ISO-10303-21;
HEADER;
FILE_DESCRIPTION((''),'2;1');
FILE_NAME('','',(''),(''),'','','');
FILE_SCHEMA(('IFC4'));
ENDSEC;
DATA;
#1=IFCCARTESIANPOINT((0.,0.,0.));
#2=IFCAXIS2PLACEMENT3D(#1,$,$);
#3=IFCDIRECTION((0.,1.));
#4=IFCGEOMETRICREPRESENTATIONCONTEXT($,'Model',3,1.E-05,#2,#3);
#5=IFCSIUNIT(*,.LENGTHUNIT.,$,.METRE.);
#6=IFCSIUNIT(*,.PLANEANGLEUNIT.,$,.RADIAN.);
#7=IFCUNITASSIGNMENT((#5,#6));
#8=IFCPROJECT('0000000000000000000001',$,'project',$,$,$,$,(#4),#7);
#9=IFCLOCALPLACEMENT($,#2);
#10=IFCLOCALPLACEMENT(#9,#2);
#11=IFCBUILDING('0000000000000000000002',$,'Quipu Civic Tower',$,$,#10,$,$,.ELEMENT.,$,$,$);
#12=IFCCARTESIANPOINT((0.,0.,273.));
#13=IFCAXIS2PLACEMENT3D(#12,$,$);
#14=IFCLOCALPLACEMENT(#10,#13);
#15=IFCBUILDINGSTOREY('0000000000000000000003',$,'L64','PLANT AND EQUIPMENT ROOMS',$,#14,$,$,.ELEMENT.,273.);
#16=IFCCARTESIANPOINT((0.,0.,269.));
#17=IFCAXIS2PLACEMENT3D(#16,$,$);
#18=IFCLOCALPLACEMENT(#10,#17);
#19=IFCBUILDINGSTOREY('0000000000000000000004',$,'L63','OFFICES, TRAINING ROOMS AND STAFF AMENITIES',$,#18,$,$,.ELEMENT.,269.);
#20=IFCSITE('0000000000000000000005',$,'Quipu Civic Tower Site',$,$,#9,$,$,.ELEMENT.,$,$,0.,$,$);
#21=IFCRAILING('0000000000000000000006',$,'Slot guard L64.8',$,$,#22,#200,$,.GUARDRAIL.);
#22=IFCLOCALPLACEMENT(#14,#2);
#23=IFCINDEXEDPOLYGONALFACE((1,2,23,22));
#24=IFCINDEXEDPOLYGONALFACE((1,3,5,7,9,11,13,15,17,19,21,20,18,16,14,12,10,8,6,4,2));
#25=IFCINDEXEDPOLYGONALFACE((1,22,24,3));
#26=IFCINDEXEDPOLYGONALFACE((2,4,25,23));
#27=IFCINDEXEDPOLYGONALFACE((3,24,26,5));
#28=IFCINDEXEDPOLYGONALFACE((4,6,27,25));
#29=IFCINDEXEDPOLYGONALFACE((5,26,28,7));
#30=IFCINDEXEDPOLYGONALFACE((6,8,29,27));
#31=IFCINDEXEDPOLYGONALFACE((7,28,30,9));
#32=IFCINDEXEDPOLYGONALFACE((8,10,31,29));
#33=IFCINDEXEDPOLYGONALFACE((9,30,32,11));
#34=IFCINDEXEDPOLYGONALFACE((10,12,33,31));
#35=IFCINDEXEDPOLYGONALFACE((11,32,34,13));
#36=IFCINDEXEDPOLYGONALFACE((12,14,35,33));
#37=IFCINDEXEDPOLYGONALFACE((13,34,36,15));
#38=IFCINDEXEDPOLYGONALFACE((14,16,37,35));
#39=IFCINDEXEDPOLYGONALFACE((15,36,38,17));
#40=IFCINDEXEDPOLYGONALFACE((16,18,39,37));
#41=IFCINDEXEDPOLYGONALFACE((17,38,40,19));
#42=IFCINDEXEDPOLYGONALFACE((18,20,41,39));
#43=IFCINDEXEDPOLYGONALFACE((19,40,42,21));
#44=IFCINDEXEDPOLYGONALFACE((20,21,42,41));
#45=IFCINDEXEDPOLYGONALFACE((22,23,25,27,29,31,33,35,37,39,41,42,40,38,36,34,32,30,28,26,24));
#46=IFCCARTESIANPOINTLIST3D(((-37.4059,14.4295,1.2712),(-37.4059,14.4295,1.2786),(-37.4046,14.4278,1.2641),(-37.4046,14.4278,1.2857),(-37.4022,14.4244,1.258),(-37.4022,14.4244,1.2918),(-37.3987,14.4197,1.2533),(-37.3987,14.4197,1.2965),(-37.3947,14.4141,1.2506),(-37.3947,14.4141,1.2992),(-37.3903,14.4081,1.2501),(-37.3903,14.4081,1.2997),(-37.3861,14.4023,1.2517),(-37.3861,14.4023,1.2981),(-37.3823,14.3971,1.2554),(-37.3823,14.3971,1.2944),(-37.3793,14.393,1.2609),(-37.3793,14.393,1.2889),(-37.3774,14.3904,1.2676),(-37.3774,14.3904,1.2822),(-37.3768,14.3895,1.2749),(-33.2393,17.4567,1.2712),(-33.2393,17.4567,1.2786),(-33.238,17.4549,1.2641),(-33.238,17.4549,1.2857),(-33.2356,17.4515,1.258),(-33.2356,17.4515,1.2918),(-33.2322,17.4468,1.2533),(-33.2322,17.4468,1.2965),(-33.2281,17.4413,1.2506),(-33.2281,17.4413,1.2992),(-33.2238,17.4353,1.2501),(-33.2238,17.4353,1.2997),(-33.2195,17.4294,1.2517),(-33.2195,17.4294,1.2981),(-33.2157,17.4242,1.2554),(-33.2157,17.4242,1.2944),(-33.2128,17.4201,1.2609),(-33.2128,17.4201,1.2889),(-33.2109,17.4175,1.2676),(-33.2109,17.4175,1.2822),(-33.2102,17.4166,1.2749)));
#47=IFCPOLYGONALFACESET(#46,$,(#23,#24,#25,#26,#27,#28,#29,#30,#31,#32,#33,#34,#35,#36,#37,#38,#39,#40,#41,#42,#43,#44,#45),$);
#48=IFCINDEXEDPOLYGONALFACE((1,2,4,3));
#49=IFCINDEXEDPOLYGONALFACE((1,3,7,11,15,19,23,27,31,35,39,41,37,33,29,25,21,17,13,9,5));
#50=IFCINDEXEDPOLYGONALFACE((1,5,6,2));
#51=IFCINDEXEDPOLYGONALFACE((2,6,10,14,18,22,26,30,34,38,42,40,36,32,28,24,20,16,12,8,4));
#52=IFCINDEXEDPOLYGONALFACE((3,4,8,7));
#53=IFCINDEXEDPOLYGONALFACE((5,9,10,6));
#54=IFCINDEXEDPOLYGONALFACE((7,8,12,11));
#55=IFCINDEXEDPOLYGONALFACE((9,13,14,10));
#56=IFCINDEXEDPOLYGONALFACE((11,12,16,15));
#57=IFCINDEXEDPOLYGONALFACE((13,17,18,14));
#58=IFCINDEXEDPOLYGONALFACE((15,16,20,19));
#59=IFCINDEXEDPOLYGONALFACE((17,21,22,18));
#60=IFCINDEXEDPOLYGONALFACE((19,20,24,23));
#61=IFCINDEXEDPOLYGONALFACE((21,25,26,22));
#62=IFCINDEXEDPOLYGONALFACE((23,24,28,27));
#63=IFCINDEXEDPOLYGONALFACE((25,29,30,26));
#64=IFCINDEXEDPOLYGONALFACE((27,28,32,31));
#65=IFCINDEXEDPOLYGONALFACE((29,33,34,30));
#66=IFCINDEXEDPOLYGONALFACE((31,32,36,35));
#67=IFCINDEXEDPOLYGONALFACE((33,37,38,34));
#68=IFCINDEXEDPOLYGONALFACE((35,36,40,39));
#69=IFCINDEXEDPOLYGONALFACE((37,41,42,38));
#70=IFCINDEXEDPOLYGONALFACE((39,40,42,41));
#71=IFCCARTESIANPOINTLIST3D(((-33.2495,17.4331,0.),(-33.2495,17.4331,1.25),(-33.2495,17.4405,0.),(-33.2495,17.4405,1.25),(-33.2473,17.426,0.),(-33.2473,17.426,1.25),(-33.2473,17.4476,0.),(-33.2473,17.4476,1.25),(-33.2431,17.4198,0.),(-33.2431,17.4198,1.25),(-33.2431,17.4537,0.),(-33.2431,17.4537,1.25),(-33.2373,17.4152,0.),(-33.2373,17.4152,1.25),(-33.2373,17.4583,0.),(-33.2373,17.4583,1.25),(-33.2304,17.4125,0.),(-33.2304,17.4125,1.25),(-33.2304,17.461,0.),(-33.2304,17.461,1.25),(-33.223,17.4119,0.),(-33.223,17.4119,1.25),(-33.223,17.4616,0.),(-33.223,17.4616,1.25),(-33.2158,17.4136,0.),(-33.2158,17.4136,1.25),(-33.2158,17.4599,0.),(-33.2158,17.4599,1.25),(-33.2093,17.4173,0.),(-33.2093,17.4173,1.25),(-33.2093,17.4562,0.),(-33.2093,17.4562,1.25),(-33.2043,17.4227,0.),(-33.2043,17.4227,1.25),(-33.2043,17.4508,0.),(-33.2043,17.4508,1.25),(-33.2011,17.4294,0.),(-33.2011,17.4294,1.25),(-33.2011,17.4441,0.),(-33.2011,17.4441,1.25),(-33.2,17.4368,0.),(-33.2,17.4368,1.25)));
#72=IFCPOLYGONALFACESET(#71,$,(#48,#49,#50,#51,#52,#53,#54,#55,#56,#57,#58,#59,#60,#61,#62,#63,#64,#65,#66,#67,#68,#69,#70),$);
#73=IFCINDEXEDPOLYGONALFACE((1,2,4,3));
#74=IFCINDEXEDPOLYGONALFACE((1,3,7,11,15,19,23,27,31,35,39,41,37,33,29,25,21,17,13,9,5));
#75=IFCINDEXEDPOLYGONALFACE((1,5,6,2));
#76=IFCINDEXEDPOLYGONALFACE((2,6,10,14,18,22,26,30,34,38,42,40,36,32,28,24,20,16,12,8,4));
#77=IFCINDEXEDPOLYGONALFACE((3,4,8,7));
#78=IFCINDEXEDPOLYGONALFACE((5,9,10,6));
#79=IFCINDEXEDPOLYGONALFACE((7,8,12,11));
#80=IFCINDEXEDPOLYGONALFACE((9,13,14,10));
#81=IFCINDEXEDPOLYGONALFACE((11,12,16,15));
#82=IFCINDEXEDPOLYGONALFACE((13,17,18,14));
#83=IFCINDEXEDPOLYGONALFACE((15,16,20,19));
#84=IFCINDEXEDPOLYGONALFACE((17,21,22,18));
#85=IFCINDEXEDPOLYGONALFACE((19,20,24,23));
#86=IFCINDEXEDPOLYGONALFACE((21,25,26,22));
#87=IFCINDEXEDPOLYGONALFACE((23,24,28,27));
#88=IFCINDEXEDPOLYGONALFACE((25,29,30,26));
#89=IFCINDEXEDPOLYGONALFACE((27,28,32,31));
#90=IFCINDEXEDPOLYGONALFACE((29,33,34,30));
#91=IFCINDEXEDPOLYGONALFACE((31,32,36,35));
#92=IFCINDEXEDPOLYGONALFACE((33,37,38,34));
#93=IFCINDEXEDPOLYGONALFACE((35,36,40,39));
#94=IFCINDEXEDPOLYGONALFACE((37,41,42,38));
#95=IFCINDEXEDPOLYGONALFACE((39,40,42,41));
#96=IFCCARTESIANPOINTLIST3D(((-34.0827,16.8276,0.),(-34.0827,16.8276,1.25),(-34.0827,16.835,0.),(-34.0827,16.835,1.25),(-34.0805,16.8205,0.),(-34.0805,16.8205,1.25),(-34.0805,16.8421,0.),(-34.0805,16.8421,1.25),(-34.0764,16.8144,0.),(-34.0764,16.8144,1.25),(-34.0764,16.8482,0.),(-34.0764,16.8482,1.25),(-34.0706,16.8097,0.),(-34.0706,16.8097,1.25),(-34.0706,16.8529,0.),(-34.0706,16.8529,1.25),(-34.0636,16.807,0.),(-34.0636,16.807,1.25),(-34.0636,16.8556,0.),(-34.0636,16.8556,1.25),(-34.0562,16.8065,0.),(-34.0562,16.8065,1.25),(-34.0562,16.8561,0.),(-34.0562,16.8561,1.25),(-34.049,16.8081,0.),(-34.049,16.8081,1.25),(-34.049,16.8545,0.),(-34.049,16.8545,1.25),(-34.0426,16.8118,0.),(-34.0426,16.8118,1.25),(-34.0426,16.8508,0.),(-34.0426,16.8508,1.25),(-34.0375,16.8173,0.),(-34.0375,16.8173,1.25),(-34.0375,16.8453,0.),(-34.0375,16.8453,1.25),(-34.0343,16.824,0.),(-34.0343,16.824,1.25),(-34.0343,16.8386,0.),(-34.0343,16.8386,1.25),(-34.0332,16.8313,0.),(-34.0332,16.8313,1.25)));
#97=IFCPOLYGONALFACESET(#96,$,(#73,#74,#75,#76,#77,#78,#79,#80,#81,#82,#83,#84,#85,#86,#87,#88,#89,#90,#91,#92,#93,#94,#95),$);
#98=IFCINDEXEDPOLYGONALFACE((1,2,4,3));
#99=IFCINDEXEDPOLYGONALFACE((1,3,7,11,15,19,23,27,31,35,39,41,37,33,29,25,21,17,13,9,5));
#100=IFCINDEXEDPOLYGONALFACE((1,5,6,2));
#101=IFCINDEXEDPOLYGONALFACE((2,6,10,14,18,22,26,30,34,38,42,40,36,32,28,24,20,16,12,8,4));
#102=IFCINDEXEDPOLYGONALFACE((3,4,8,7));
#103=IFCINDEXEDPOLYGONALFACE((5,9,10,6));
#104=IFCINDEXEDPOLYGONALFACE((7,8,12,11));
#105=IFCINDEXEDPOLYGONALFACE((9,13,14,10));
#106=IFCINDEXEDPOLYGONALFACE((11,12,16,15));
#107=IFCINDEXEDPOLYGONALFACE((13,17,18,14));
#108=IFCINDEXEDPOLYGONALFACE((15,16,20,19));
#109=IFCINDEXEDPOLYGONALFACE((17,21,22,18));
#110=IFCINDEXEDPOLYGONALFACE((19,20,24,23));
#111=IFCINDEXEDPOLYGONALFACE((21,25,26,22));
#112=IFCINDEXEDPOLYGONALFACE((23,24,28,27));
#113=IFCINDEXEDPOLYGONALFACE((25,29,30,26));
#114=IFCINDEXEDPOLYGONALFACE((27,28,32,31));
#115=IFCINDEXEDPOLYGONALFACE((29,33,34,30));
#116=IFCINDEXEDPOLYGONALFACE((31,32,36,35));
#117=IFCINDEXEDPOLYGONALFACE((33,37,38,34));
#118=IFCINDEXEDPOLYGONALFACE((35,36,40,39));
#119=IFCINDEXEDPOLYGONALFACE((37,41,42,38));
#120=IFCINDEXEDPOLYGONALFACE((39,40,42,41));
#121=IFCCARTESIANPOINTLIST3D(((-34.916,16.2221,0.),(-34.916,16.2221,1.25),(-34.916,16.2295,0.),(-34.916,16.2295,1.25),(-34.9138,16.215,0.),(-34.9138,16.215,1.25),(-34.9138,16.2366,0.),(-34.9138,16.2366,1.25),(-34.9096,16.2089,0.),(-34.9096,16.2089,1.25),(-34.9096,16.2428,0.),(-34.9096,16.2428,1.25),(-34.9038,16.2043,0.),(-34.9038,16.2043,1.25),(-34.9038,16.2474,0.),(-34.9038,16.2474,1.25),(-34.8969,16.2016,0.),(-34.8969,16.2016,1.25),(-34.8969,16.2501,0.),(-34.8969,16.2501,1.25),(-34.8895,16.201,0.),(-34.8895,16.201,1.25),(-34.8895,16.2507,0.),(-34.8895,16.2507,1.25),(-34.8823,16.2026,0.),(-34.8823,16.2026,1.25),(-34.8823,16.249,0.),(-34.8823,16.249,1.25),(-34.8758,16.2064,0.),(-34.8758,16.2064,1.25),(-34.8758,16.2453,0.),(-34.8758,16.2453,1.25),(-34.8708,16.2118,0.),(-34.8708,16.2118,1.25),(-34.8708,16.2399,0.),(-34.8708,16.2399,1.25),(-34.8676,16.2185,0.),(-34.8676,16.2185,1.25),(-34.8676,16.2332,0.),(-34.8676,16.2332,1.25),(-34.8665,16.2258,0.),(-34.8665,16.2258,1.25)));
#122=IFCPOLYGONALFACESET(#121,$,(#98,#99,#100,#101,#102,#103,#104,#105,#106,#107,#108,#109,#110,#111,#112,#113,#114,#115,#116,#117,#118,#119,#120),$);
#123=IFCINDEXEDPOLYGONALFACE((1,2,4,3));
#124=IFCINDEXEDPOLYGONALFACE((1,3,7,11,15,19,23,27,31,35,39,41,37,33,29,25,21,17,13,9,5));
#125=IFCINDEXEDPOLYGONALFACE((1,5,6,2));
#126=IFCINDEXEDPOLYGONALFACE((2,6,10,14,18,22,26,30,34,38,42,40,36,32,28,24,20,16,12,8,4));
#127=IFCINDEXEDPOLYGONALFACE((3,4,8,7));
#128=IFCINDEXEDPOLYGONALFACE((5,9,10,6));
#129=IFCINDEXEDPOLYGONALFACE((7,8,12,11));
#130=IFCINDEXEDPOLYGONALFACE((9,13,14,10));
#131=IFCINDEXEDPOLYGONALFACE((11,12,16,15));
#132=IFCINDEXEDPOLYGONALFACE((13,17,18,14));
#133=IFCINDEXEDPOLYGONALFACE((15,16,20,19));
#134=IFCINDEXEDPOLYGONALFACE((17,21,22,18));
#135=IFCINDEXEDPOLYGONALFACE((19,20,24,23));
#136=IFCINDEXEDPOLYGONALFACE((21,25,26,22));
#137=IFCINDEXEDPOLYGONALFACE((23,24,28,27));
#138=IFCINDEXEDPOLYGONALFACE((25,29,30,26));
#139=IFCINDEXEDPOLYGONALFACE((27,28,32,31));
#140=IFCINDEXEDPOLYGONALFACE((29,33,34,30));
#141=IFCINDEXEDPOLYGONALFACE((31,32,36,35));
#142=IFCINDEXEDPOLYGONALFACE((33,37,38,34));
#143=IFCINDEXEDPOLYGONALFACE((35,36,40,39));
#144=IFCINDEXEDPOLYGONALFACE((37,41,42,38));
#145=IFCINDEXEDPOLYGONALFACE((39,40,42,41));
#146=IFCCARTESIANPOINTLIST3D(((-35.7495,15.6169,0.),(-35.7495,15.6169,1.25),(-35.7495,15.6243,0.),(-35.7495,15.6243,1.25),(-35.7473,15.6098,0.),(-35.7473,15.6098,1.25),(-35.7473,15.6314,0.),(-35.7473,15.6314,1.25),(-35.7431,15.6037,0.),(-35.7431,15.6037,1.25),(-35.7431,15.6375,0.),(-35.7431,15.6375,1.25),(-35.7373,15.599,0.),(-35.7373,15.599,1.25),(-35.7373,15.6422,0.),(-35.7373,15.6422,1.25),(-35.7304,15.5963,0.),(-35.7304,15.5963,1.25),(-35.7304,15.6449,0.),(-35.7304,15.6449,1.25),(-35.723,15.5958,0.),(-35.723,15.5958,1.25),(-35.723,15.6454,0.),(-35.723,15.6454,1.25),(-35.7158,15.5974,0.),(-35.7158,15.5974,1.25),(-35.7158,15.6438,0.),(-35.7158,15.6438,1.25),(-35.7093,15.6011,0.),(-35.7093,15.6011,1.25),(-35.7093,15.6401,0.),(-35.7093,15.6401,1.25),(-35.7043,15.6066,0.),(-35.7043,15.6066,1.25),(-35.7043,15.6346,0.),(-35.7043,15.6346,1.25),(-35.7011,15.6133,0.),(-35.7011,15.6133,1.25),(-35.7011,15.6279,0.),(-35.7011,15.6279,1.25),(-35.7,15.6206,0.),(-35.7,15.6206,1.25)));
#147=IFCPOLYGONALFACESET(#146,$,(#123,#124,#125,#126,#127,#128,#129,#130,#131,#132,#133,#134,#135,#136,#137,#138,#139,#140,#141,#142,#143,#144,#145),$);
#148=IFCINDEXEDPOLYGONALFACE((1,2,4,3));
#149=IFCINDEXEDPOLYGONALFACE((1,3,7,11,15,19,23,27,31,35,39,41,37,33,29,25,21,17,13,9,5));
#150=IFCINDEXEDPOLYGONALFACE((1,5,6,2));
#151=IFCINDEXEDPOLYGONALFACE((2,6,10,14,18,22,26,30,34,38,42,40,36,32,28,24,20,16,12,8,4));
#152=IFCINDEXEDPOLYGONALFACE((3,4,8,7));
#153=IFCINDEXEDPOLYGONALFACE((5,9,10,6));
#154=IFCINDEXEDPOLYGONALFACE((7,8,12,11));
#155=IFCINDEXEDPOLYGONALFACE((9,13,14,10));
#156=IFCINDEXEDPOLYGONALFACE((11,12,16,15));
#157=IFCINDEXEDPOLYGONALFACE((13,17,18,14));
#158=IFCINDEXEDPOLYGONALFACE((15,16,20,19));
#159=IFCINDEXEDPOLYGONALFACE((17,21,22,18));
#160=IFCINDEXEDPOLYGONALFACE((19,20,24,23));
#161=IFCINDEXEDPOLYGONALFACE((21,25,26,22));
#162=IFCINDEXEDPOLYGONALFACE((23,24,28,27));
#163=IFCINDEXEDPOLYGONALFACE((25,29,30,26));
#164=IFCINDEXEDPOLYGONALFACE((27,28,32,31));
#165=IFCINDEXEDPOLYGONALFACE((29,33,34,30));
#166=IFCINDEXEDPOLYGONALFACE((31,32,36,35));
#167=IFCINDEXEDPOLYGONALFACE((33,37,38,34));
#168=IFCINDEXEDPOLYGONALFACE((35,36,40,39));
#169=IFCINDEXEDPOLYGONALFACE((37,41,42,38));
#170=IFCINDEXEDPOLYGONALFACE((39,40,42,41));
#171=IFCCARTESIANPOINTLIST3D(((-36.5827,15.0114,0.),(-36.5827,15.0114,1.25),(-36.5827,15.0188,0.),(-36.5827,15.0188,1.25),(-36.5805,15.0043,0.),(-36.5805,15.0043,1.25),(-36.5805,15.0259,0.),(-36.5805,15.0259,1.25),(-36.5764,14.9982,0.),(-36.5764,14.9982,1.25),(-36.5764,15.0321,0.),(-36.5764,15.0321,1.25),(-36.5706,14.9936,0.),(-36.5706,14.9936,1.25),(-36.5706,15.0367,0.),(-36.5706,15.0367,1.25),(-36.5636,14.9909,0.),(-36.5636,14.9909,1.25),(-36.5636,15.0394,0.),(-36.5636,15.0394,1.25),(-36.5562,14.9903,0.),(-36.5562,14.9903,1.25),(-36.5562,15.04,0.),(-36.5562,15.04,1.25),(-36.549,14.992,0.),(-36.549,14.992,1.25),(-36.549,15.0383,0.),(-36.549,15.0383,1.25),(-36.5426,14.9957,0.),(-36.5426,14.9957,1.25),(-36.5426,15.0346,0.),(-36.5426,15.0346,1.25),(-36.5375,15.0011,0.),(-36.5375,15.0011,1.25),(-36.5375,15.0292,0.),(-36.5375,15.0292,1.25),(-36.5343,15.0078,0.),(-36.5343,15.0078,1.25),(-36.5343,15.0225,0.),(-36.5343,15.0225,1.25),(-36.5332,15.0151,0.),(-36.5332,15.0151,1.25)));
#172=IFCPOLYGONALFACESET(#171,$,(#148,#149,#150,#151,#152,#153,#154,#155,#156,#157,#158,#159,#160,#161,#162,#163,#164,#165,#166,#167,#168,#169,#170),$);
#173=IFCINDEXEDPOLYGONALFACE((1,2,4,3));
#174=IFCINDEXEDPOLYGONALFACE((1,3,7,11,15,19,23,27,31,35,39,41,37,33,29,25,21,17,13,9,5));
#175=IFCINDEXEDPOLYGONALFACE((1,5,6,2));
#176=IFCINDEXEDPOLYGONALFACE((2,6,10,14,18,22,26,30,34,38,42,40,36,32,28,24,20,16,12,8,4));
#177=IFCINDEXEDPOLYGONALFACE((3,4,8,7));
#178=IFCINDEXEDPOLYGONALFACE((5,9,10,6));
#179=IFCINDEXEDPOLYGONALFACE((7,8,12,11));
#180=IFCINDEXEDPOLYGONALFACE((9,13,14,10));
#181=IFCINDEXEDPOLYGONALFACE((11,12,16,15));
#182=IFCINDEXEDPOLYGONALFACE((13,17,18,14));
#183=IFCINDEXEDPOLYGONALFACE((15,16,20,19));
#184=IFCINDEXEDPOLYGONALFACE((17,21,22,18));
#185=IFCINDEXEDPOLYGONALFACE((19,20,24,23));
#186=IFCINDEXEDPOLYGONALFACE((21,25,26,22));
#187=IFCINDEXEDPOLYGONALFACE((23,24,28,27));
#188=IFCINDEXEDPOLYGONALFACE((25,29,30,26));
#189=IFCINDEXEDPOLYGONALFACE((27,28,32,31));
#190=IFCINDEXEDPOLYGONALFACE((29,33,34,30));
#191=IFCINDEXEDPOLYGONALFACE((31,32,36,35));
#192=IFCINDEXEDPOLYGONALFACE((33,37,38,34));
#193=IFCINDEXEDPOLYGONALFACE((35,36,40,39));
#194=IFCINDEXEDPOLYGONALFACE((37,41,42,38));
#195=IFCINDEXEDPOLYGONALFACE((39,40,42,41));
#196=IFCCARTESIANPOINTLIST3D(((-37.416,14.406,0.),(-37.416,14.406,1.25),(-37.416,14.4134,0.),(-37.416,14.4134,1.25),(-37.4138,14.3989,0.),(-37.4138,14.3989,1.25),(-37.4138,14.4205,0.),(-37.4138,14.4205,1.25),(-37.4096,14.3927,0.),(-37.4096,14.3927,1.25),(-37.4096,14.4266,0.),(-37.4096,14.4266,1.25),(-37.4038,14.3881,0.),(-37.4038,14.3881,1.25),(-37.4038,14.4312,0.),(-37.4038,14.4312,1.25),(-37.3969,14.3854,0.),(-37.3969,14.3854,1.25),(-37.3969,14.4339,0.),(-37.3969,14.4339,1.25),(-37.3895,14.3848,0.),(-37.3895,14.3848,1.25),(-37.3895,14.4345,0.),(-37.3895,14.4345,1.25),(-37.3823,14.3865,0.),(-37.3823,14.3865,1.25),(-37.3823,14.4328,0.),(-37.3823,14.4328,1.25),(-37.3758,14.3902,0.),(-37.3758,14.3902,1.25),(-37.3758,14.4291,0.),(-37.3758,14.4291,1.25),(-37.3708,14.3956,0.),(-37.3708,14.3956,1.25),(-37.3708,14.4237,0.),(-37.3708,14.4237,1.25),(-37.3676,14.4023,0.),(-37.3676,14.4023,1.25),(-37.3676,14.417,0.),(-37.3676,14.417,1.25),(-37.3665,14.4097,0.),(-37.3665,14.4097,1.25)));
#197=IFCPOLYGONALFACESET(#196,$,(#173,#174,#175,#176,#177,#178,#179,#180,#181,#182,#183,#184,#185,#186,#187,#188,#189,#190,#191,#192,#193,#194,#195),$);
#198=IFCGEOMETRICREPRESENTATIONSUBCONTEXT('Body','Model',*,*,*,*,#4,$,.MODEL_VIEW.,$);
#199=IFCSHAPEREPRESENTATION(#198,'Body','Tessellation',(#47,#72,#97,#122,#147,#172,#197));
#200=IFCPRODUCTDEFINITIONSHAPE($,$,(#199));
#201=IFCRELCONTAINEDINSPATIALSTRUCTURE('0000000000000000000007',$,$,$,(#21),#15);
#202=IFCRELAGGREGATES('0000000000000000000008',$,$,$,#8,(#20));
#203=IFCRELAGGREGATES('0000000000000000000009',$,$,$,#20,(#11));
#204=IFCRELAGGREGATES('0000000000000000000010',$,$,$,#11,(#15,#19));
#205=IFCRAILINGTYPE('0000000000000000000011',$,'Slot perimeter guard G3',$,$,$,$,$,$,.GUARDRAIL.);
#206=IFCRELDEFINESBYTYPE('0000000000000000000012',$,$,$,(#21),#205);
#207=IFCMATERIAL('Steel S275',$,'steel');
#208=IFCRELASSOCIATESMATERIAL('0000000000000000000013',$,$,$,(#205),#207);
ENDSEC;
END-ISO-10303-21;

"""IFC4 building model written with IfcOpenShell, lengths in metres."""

from ifc_helpers import new_model, si_unit, direction, frame, origin, origin_2d, place, context, subcontext, project, spatial, circle, extrude, material, type_object, element, save


model = new_model("IFC4")

# Units and contexts
model_context = context("Model", 3, precision=1e-05, world=origin(), true_north=direction((0.0, 1.0)))
body_context = subcontext(model_context, "Body", "Model", "MODEL_VIEW")
ifc_project = project(units=[si_unit("LENGTHUNIT", "METRE"), si_unit("PLANEANGLEUNIT", "RADIAN")], contexts=[model_context])

# Site, building, storey
site_placement = place(None, origin())
site = spatial("IfcSite", under=ifc_project, at=site_placement, Name="Quipu Civic Tower Site", CompositionType="ELEMENT", RefElevation=0.0)
building_placement = place(site_placement, origin())
building = spatial("IfcBuilding", under=site, at=building_placement, Name="Quipu Civic Tower", CompositionType="ELEMENT")
storey_1_placement = place(building_placement, frame((0.0, 0.0, 273.0)))
storey_1 = spatial("IfcBuildingStorey", under=building, at=storey_1_placement, Name="L64", Description="PLANT AND EQUIPMENT ROOMS", CompositionType="ELEMENT", Elevation=273.0)

# Shared definitions
storey_2_placement = place(building_placement, frame((0.0, 0.0, 269.0)))
storey_2 = spatial("IfcBuildingStorey", under=building, at=storey_2_placement, Name="L63", Description="OFFICES, TRAINING ROOMS AND STAFF AMENITIES", CompositionType="ELEMENT", Elevation=269.0)

# Railing
ifc_material_1 = material(Name="Steel S275", Category="steel")
railing_type = type_object("IfcRailingType", Name="Slot perimeter guard G3", PredefinedType="GUARDRAIL", material=ifc_material_1)
for number, where, name in (
    (1, (-33.2249, 17.4368, 0.0), "Slot guard L64.8"),
):
    element("IfcRailing", number, at=place(storey_1_placement, frame(where)), inside=storey_1, type_object=railing_type, Name=name, PredefinedType="GUARDRAIL", context=body_context, shape_type="SweptSolid", body=[
        extrude(circle(Radius=0.0249, at=origin_2d()), frame((0.0, 0.0, 1.2749), z_axis=(-0.809021, -0.58778, 0.0), x_axis=(0.58778, -0.809021, 0.0)), (0.0, 0.0, 1.0), 5.1501),
        extrude(circle(Radius=0.0249, at=origin_2d()), origin(), (0.0, 0.0, 1.0), 1.25),
        extrude(circle(Radius=0.0249, at=origin_2d()), frame((-0.8333, -0.6055, 0.0)), (0.0, 0.0, 1.0), 1.25),
        extrude(circle(Radius=0.0249, at=origin_2d()), frame((-1.6665, -1.2109, 0.0)), (0.0, 0.0, 1.0), 1.25),
        extrude(circle(Radius=0.0249, at=origin_2d()), frame((-2.5, -1.8162, 0.0)), (0.0, 0.0, 1.0), 1.25),
        extrude(circle(Radius=0.0249, at=origin_2d()), frame((-3.3333, -2.4216, 0.0)), (0.0, 0.0, 1.0), 1.25),
        extrude(circle(Radius=0.0249, at=origin_2d()), frame((-4.1665, -3.0271, 0.0)), (0.0, 0.0, 1.0), 1.25),
    ])

save(model, "model.ifc")
